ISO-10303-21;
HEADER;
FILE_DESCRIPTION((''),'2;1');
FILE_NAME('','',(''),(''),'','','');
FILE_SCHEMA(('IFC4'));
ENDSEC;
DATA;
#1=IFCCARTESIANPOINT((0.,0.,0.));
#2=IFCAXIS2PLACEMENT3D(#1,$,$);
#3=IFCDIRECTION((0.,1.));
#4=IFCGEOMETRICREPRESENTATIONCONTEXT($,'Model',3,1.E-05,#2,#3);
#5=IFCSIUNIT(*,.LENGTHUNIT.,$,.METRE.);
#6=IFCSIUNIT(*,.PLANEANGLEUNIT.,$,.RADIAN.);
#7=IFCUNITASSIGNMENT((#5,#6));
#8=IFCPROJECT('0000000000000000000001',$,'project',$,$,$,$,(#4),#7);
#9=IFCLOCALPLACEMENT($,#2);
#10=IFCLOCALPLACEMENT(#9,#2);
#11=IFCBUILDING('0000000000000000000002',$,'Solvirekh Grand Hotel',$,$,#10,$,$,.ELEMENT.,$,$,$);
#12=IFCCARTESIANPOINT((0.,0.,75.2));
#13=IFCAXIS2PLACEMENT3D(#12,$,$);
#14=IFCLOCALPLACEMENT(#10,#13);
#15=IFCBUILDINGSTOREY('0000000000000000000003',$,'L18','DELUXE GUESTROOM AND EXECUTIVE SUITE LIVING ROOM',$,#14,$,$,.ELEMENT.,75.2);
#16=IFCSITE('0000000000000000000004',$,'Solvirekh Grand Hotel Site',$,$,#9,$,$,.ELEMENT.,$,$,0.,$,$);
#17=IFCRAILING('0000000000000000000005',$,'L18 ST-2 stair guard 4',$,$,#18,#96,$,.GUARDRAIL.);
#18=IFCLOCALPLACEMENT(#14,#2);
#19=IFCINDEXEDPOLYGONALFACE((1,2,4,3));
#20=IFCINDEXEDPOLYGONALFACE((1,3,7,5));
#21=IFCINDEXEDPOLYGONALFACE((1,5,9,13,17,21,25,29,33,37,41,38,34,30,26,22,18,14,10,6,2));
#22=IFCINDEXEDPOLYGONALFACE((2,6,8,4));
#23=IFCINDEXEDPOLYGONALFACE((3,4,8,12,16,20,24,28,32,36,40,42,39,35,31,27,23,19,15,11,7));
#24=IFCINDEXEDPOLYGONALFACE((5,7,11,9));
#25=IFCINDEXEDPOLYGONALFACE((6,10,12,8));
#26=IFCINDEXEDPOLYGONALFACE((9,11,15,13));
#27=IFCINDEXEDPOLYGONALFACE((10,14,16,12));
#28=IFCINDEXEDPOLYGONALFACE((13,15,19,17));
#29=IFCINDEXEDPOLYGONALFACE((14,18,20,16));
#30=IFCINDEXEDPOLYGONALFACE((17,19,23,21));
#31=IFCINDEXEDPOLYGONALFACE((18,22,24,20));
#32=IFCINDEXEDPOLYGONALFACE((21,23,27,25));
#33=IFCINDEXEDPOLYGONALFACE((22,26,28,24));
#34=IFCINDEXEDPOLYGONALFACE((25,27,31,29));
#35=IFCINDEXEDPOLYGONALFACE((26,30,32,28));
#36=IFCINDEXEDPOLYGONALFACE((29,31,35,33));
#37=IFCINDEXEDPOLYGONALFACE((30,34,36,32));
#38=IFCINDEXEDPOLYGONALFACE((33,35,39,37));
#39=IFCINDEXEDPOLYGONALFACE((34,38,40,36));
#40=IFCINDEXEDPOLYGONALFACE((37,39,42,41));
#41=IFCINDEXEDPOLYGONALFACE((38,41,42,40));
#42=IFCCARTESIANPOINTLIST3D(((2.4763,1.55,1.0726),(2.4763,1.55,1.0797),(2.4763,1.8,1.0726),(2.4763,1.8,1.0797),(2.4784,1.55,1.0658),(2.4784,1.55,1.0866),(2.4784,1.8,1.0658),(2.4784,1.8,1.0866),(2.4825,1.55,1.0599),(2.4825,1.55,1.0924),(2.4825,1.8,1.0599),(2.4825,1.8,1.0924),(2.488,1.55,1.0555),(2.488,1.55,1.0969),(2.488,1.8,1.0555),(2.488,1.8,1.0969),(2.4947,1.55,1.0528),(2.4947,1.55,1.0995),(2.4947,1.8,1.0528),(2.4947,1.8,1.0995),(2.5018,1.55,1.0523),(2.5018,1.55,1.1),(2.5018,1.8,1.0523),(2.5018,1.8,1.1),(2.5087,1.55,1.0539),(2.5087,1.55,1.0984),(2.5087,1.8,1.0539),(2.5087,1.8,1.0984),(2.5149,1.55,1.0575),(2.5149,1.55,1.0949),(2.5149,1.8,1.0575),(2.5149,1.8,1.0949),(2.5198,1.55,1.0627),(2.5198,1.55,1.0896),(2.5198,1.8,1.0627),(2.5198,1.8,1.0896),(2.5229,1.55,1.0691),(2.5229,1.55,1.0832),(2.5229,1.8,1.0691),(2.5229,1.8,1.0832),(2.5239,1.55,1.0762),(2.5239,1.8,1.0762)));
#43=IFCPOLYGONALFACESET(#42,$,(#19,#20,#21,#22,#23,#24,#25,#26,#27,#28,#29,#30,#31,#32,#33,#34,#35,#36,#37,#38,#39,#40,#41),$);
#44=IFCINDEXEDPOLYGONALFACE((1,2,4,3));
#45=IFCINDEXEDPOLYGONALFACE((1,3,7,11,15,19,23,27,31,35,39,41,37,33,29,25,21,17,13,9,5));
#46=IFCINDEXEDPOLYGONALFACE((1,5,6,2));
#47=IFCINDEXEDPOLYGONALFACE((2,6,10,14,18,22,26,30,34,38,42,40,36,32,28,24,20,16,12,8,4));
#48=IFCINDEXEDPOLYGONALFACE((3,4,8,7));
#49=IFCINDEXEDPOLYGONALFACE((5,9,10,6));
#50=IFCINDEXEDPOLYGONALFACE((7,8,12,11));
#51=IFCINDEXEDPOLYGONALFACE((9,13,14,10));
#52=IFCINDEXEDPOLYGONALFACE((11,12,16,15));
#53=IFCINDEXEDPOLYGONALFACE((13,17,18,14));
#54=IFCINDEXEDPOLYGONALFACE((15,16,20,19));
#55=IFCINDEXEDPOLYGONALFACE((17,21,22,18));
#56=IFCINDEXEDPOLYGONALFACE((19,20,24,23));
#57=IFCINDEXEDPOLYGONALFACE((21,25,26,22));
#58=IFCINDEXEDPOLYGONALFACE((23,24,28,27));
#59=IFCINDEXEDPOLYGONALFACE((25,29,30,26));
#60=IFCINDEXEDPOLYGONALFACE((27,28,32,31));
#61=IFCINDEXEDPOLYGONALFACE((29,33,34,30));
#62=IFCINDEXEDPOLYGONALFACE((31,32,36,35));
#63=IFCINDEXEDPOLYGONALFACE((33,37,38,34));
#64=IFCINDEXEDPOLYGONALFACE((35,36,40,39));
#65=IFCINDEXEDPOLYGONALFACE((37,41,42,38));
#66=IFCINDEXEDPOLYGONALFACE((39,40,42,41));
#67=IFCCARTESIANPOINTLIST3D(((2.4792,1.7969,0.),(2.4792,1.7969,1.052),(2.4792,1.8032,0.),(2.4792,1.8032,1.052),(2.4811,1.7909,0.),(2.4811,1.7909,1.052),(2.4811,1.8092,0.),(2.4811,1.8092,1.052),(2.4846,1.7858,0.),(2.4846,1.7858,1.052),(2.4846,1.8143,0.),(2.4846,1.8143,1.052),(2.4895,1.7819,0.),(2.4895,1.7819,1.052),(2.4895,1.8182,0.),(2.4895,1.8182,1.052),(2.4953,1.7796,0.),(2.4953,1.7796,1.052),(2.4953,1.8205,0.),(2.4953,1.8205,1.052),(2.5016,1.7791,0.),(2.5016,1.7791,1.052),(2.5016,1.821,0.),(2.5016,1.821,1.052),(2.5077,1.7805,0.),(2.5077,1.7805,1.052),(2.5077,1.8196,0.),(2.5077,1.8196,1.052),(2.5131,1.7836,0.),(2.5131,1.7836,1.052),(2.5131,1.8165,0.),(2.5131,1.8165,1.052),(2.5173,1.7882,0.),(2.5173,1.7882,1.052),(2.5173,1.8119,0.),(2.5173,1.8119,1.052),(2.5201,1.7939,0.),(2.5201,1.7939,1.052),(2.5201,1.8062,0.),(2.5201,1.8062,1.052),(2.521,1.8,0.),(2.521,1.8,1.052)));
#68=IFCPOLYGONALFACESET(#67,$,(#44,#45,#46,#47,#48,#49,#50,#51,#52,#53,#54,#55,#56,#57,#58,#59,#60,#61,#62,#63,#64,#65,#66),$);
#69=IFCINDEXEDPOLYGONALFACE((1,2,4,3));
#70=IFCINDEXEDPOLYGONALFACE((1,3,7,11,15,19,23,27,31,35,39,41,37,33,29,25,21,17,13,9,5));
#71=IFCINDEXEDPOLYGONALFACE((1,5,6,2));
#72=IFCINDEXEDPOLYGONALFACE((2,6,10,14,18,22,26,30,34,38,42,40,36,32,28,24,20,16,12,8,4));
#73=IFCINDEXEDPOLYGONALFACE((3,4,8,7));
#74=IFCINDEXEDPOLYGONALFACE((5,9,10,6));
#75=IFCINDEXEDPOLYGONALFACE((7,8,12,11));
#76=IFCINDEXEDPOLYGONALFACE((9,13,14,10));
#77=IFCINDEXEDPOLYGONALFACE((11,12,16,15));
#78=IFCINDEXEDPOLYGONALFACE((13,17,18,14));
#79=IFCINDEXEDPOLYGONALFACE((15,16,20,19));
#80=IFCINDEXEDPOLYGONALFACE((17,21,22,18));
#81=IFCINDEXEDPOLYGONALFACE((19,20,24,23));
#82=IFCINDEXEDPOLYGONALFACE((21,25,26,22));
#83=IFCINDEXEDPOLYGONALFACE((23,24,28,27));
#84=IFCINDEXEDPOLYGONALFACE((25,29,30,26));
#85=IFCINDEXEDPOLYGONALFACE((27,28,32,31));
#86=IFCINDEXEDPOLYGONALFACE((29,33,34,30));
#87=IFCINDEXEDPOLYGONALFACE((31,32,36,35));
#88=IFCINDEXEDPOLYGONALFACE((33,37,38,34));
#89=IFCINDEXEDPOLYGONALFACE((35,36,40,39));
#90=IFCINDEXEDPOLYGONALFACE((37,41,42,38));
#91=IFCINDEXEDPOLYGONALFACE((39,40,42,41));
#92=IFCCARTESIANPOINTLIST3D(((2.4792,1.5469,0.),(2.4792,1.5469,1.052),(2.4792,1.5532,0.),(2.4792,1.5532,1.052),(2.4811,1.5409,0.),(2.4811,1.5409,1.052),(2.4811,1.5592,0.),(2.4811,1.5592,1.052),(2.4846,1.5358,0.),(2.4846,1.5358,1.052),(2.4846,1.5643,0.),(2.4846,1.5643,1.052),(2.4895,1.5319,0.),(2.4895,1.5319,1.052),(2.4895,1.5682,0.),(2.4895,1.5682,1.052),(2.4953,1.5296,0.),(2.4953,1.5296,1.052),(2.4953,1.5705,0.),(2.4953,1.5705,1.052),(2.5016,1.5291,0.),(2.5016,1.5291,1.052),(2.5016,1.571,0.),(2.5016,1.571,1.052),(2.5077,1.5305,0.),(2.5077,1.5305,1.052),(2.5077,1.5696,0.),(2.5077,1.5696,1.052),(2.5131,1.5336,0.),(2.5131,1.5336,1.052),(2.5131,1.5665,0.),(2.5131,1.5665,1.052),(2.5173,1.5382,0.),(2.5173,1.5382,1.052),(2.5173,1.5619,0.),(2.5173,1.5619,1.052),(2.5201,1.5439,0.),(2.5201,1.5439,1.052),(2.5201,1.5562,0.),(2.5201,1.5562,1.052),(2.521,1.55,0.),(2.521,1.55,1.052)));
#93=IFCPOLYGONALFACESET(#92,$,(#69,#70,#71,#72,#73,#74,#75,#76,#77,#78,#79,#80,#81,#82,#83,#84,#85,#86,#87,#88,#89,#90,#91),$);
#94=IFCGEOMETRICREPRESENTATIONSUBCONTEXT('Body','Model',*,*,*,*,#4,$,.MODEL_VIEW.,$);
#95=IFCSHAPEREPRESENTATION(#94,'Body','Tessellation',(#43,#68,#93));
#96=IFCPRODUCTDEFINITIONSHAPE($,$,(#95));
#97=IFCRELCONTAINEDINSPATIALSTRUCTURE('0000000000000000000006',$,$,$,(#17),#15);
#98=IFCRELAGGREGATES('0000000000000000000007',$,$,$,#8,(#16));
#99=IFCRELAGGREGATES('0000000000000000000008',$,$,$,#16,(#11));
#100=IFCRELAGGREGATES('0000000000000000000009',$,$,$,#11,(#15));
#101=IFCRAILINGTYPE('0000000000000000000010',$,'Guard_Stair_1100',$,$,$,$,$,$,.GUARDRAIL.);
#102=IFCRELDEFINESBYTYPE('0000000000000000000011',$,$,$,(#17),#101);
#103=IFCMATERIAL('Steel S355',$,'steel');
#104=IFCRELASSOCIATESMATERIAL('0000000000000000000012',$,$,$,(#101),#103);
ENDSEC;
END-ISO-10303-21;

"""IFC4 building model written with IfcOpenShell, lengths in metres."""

from ifc_helpers import new_model, si_unit, direction, frame, origin, origin_2d, place, context, subcontext, project, spatial, circle, extrude, material, type_object, element, save


model = new_model("IFC4")

# Units and contexts
model_context = context("Model", 3, precision=1e-05, world=origin(), true_north=direction((0.0, 1.0)))
body_context = subcontext(model_context, "Body", "Model", "MODEL_VIEW")
ifc_project = project(units=[si_unit("LENGTHUNIT", "METRE"), si_unit("PLANEANGLEUNIT", "RADIAN")], contexts=[model_context])

# Site, building, storey
site_placement = place(None, origin())
site = spatial("IfcSite", under=ifc_project, at=site_placement, Name="Solvirekh Grand Hotel Site", CompositionType="ELEMENT", RefElevation=0.0)
building_placement = place(site_placement, origin())
building = spatial("IfcBuilding", under=site, at=building_placement, Name="Solvirekh Grand Hotel", CompositionType="ELEMENT")
storey_placement = place(building_placement, frame((0.0, 0.0, 75.2)))
storey = spatial("IfcBuildingStorey", under=building, at=storey_placement, Name="L18", Description="DELUXE GUESTROOM AND EXECUTIVE SUITE LIVING ROOM", CompositionType="ELEMENT", Elevation=75.2)

# Railing
ifc_material_1 = material(Name="Steel S355", Category="steel")
railing_type_1 = type_object("IfcRailingType", Name="Guard_Stair_1100", PredefinedType="GUARDRAIL", material=ifc_material_1)
railing_1_placement = place(storey_placement, frame((2.5, 1.8, 0.0)))
element("IfcRailing", 1, at=railing_1_placement, inside=storey, type_object=railing_type_1, Name="L18 ST-2 stair guard 4", PredefinedType="GUARDRAIL", context=body_context, shape_type="SweptSolid", body=[
    extrude(circle(Radius=0.0239, at=origin_2d()), frame((0.0, 0.0, 1.0762), z_axis=(0.0, -1.0, 0.0), x_axis=(1.0, 0.0, 0.0)), (0.0, 0.0, 1.0), 0.25),
    extrude(circle(Radius=0.021, at=origin_2d()), origin(), (0.0, 0.0, 1.0), 1.052),
    extrude(circle(Radius=0.021, at=origin_2d()), frame((0.0, -0.25, 0.0)), (0.0, 0.0, 1.0), 1.052),
])

save(model, "model.ifc")
